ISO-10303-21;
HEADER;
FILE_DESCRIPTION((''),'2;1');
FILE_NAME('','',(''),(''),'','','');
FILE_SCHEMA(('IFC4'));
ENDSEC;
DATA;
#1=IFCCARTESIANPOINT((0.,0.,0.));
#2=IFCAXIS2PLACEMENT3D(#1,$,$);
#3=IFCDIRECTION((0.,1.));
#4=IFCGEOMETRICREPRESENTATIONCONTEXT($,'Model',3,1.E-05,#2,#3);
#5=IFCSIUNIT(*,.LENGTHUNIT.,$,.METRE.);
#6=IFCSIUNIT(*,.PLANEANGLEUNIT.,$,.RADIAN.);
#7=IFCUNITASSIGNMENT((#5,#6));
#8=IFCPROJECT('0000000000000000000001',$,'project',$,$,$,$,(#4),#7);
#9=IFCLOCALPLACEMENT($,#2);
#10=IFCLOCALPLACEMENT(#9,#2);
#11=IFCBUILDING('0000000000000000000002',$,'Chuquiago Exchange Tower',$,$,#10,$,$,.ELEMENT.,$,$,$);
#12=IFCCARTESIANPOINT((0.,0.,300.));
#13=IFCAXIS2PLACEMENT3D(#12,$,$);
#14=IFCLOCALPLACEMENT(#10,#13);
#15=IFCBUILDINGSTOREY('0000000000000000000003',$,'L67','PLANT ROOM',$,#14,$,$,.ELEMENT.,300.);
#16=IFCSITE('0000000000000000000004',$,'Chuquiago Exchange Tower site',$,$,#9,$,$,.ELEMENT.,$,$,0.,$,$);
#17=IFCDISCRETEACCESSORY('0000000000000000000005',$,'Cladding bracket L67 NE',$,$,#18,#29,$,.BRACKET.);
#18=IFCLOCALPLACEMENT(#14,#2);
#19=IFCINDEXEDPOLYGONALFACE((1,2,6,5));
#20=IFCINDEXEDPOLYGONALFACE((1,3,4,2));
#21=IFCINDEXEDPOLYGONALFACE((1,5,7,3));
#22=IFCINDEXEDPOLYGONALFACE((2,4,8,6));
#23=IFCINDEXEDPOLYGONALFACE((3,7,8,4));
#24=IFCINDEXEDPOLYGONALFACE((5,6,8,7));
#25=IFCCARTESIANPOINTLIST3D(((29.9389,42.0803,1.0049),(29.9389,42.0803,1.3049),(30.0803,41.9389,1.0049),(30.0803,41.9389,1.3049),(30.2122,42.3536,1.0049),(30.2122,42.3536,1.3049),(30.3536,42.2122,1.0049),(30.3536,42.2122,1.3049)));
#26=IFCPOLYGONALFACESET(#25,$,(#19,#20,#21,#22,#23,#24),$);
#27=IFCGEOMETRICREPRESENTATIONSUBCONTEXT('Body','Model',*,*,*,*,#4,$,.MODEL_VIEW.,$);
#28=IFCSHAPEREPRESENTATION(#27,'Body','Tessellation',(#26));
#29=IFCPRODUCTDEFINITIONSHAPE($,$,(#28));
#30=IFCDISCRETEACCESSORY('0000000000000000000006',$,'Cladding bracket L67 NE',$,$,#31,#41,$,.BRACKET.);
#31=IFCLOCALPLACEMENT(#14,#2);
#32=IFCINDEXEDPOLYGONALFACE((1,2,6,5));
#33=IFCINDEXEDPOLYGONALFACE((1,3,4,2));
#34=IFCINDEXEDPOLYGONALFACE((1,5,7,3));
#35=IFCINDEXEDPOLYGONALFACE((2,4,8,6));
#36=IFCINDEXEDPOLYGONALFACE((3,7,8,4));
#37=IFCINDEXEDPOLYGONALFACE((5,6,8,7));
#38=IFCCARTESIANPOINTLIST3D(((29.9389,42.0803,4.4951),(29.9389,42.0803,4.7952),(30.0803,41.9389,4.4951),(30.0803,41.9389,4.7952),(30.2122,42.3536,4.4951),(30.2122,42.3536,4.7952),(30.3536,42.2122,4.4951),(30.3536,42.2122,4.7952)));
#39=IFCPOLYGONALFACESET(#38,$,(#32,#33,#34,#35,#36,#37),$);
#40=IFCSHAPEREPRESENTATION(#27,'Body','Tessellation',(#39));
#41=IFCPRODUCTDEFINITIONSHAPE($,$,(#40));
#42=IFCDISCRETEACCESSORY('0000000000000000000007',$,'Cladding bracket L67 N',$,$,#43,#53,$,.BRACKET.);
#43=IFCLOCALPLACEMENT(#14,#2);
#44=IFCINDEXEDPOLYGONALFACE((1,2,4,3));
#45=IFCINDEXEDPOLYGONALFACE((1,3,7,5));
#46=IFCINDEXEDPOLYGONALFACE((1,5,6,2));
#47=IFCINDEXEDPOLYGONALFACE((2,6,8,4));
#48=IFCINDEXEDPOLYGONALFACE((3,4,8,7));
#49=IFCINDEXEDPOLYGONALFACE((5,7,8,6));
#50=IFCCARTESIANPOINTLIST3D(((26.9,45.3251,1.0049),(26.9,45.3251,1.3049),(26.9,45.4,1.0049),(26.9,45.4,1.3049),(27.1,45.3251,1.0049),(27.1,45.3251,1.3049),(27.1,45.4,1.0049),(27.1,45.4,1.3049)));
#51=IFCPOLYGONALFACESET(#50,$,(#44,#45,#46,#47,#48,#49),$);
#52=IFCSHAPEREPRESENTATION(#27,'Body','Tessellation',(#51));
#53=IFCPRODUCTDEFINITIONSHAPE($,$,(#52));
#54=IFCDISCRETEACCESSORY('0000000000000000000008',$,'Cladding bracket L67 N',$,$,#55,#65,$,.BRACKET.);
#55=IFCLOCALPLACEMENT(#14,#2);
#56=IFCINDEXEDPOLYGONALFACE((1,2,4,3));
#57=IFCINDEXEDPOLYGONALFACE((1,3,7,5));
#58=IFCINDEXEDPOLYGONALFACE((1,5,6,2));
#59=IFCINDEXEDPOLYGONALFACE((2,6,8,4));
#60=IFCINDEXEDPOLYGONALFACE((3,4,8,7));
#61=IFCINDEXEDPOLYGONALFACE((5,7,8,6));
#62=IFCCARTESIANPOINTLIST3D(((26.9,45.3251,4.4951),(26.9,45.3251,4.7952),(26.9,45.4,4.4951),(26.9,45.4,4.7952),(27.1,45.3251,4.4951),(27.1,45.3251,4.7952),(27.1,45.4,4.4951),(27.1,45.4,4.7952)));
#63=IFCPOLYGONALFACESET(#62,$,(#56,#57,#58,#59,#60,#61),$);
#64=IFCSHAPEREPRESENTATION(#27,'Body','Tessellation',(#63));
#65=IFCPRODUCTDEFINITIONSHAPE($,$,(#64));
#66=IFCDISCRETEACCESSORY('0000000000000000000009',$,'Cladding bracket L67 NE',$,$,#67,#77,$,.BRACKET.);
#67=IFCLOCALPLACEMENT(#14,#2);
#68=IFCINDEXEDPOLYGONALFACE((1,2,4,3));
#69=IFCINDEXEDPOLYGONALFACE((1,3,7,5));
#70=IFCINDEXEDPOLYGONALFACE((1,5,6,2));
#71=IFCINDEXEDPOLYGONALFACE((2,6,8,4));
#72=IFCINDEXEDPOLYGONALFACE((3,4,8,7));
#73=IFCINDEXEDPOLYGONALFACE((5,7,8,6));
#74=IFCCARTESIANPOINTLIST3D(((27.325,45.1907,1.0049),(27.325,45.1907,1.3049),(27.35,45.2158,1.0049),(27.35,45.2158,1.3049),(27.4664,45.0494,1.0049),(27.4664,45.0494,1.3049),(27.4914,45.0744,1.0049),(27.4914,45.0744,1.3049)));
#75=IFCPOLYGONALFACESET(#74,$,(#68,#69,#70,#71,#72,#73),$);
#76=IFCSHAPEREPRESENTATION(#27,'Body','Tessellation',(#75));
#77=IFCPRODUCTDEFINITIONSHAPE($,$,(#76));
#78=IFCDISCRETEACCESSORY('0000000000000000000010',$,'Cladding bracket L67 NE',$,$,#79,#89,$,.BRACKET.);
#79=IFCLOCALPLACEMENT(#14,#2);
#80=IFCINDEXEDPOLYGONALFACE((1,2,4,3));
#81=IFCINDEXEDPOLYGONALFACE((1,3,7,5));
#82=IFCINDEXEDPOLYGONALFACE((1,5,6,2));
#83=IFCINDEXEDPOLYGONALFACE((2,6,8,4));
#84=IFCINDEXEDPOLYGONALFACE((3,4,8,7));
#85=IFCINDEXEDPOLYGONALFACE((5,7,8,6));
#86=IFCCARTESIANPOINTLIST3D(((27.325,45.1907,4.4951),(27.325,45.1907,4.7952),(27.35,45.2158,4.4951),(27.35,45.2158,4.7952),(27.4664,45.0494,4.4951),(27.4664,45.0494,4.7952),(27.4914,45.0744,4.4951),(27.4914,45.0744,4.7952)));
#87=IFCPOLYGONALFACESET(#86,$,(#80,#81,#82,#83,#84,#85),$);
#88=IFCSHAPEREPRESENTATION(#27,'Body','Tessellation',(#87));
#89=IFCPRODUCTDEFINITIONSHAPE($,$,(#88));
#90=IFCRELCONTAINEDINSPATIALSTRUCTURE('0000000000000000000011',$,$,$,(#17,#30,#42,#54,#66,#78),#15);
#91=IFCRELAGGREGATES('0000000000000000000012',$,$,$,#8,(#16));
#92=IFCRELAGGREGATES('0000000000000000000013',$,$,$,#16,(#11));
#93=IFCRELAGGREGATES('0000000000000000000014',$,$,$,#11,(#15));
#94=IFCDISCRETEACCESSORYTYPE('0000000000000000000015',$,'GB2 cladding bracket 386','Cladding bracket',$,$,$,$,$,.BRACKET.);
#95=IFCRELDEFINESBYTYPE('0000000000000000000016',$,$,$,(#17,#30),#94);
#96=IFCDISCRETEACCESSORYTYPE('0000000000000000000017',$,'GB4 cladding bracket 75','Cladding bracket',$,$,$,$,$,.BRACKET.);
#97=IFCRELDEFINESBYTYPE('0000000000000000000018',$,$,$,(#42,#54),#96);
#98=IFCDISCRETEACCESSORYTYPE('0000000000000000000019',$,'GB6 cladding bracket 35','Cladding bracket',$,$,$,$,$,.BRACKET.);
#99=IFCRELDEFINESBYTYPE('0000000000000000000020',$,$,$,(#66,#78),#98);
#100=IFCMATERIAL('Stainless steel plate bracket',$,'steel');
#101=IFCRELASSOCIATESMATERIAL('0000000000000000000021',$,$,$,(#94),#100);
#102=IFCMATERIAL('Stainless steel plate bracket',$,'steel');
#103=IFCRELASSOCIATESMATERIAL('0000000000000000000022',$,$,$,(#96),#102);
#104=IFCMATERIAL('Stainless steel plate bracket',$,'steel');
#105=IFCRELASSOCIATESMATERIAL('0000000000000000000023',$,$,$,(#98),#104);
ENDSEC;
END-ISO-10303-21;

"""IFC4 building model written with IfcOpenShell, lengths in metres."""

from ifc_helpers import new_model, si_unit, direction, frame, origin, origin_2d, place, context, subcontext, project, spatial, rectangle, extrude, material, type_object, element, save


model = new_model("IFC4")

# Units and contexts
model_context = context("Model", 3, precision=1e-05, world=origin(), true_north=direction((0.0, 1.0)))
body_context = subcontext(model_context, "Body", "Model", "MODEL_VIEW")
ifc_project = project(units=[si_unit("LENGTHUNIT", "METRE"), si_unit("PLANEANGLEUNIT", "RADIAN")], contexts=[model_context])

# Site, building, storey
site_placement = place(None, origin())
site = spatial("IfcSite", under=ifc_project, at=site_placement, Name="Chuquiago Exchange Tower site", CompositionType="ELEMENT", RefElevation=0.0)
building_placement = place(site_placement, origin())
building = spatial("IfcBuilding", under=site, at=building_placement, Name="Chuquiago Exchange Tower", CompositionType="ELEMENT")
storey_placement = place(building_placement, frame((0.0, 0.0, 300.0)))
storey = spatial("IfcBuildingStorey", under=building, at=storey_placement, Name="L67", Description="PLANT ROOM", CompositionType="ELEMENT", Elevation=300.0)

# Discrete accessories
ifc_material_1 = material(Name="Stainless steel plate bracket", Category="steel")
discrete_accessory_type_1 = type_object("IfcDiscreteAccessoryType", Name="GB2 cladding bracket 386", Description="Cladding bracket", PredefinedType="BRACKET", material=ifc_material_1)
for number, where, z_axis, x_axis, name in (
    (1, (30.1462, 42.1462, 1.0049), (0.0, 0.0, 1.0), (-0.707107, 0.707107, 0.0), "Cladding bracket L67 NE"),
    (2, (30.1462, 42.1462, 4.4951), (0.0, 0.0, 1.0), (-0.707107, 0.707107, 0.0), "Cladding bracket L67 NE"),
):
    element("IfcDiscreteAccessory", number, at=place(storey_placement, frame(where, z_axis=z_axis, x_axis=x_axis)), inside=storey, type_object=discrete_accessory_type_1, Name=name, PredefinedType="BRACKET", context=body_context, shape_type="SweptSolid", body=[
        extrude(rectangle(XDim=0.2, YDim=0.3865, at=origin_2d()), origin(), (0.0, 0.0, 1.0), 0.3),
    ])
ifc_material_2 = material(Name="Stainless steel plate bracket", Category="steel")
discrete_accessory_type_2 = type_object("IfcDiscreteAccessoryType", Name="GB4 cladding bracket 75", Description="Cladding bracket", PredefinedType="BRACKET", material=ifc_material_2)
for number, where, z_axis, x_axis, name in (
    (3, (27.0, 45.3625, 1.0049), (0.0, 0.0, 1.0), (-1.0, 0.0, 0.0), "Cladding bracket L67 N"),
    (4, (27.0, 45.3625, 4.4951), (0.0, 0.0, 1.0), (-1.0, 0.0, 0.0), "Cladding bracket L67 N"),
):
    element("IfcDiscreteAccessory", number, at=place(storey_placement, frame(where, z_axis=z_axis, x_axis=x_axis)), inside=storey, type_object=discrete_accessory_type_2, Name=name, PredefinedType="BRACKET", context=body_context, shape_type="SweptSolid", body=[
        extrude(rectangle(XDim=0.2, YDim=0.075, at=origin_2d()), origin(), (0.0, 0.0, 1.0), 0.3),
    ])
ifc_material_3 = material(Name="Stainless steel plate bracket", Category="steel")
discrete_accessory_type_3 = type_object("IfcDiscreteAccessoryType", Name="GB6 cladding bracket 35", Description="Cladding bracket", PredefinedType="BRACKET", material=ifc_material_3)
for number, where, z_axis, x_axis, name in (
    (5, (27.4082, 45.1326, 1.0049), (0.0, 0.0, 1.0), (-0.707107, 0.707107, 0.0), "Cladding bracket L67 NE"),
    (6, (27.4082, 45.1326, 4.4951), (0.0, 0.0, 1.0), (-0.707107, 0.707107, 0.0), "Cladding bracket L67 NE"),
):
    element("IfcDiscreteAccessory", number, at=place(storey_placement, frame(where, z_axis=z_axis, x_axis=x_axis)), inside=storey, type_object=discrete_accessory_type_3, Name=name, PredefinedType="BRACKET", context=body_context, shape_type="SweptSolid", body=[
        extrude(rectangle(XDim=0.2, YDim=0.0354, at=origin_2d()), origin(), (0.0, 0.0, 1.0), 0.3),
    ])

save(model, "model.ifc")
